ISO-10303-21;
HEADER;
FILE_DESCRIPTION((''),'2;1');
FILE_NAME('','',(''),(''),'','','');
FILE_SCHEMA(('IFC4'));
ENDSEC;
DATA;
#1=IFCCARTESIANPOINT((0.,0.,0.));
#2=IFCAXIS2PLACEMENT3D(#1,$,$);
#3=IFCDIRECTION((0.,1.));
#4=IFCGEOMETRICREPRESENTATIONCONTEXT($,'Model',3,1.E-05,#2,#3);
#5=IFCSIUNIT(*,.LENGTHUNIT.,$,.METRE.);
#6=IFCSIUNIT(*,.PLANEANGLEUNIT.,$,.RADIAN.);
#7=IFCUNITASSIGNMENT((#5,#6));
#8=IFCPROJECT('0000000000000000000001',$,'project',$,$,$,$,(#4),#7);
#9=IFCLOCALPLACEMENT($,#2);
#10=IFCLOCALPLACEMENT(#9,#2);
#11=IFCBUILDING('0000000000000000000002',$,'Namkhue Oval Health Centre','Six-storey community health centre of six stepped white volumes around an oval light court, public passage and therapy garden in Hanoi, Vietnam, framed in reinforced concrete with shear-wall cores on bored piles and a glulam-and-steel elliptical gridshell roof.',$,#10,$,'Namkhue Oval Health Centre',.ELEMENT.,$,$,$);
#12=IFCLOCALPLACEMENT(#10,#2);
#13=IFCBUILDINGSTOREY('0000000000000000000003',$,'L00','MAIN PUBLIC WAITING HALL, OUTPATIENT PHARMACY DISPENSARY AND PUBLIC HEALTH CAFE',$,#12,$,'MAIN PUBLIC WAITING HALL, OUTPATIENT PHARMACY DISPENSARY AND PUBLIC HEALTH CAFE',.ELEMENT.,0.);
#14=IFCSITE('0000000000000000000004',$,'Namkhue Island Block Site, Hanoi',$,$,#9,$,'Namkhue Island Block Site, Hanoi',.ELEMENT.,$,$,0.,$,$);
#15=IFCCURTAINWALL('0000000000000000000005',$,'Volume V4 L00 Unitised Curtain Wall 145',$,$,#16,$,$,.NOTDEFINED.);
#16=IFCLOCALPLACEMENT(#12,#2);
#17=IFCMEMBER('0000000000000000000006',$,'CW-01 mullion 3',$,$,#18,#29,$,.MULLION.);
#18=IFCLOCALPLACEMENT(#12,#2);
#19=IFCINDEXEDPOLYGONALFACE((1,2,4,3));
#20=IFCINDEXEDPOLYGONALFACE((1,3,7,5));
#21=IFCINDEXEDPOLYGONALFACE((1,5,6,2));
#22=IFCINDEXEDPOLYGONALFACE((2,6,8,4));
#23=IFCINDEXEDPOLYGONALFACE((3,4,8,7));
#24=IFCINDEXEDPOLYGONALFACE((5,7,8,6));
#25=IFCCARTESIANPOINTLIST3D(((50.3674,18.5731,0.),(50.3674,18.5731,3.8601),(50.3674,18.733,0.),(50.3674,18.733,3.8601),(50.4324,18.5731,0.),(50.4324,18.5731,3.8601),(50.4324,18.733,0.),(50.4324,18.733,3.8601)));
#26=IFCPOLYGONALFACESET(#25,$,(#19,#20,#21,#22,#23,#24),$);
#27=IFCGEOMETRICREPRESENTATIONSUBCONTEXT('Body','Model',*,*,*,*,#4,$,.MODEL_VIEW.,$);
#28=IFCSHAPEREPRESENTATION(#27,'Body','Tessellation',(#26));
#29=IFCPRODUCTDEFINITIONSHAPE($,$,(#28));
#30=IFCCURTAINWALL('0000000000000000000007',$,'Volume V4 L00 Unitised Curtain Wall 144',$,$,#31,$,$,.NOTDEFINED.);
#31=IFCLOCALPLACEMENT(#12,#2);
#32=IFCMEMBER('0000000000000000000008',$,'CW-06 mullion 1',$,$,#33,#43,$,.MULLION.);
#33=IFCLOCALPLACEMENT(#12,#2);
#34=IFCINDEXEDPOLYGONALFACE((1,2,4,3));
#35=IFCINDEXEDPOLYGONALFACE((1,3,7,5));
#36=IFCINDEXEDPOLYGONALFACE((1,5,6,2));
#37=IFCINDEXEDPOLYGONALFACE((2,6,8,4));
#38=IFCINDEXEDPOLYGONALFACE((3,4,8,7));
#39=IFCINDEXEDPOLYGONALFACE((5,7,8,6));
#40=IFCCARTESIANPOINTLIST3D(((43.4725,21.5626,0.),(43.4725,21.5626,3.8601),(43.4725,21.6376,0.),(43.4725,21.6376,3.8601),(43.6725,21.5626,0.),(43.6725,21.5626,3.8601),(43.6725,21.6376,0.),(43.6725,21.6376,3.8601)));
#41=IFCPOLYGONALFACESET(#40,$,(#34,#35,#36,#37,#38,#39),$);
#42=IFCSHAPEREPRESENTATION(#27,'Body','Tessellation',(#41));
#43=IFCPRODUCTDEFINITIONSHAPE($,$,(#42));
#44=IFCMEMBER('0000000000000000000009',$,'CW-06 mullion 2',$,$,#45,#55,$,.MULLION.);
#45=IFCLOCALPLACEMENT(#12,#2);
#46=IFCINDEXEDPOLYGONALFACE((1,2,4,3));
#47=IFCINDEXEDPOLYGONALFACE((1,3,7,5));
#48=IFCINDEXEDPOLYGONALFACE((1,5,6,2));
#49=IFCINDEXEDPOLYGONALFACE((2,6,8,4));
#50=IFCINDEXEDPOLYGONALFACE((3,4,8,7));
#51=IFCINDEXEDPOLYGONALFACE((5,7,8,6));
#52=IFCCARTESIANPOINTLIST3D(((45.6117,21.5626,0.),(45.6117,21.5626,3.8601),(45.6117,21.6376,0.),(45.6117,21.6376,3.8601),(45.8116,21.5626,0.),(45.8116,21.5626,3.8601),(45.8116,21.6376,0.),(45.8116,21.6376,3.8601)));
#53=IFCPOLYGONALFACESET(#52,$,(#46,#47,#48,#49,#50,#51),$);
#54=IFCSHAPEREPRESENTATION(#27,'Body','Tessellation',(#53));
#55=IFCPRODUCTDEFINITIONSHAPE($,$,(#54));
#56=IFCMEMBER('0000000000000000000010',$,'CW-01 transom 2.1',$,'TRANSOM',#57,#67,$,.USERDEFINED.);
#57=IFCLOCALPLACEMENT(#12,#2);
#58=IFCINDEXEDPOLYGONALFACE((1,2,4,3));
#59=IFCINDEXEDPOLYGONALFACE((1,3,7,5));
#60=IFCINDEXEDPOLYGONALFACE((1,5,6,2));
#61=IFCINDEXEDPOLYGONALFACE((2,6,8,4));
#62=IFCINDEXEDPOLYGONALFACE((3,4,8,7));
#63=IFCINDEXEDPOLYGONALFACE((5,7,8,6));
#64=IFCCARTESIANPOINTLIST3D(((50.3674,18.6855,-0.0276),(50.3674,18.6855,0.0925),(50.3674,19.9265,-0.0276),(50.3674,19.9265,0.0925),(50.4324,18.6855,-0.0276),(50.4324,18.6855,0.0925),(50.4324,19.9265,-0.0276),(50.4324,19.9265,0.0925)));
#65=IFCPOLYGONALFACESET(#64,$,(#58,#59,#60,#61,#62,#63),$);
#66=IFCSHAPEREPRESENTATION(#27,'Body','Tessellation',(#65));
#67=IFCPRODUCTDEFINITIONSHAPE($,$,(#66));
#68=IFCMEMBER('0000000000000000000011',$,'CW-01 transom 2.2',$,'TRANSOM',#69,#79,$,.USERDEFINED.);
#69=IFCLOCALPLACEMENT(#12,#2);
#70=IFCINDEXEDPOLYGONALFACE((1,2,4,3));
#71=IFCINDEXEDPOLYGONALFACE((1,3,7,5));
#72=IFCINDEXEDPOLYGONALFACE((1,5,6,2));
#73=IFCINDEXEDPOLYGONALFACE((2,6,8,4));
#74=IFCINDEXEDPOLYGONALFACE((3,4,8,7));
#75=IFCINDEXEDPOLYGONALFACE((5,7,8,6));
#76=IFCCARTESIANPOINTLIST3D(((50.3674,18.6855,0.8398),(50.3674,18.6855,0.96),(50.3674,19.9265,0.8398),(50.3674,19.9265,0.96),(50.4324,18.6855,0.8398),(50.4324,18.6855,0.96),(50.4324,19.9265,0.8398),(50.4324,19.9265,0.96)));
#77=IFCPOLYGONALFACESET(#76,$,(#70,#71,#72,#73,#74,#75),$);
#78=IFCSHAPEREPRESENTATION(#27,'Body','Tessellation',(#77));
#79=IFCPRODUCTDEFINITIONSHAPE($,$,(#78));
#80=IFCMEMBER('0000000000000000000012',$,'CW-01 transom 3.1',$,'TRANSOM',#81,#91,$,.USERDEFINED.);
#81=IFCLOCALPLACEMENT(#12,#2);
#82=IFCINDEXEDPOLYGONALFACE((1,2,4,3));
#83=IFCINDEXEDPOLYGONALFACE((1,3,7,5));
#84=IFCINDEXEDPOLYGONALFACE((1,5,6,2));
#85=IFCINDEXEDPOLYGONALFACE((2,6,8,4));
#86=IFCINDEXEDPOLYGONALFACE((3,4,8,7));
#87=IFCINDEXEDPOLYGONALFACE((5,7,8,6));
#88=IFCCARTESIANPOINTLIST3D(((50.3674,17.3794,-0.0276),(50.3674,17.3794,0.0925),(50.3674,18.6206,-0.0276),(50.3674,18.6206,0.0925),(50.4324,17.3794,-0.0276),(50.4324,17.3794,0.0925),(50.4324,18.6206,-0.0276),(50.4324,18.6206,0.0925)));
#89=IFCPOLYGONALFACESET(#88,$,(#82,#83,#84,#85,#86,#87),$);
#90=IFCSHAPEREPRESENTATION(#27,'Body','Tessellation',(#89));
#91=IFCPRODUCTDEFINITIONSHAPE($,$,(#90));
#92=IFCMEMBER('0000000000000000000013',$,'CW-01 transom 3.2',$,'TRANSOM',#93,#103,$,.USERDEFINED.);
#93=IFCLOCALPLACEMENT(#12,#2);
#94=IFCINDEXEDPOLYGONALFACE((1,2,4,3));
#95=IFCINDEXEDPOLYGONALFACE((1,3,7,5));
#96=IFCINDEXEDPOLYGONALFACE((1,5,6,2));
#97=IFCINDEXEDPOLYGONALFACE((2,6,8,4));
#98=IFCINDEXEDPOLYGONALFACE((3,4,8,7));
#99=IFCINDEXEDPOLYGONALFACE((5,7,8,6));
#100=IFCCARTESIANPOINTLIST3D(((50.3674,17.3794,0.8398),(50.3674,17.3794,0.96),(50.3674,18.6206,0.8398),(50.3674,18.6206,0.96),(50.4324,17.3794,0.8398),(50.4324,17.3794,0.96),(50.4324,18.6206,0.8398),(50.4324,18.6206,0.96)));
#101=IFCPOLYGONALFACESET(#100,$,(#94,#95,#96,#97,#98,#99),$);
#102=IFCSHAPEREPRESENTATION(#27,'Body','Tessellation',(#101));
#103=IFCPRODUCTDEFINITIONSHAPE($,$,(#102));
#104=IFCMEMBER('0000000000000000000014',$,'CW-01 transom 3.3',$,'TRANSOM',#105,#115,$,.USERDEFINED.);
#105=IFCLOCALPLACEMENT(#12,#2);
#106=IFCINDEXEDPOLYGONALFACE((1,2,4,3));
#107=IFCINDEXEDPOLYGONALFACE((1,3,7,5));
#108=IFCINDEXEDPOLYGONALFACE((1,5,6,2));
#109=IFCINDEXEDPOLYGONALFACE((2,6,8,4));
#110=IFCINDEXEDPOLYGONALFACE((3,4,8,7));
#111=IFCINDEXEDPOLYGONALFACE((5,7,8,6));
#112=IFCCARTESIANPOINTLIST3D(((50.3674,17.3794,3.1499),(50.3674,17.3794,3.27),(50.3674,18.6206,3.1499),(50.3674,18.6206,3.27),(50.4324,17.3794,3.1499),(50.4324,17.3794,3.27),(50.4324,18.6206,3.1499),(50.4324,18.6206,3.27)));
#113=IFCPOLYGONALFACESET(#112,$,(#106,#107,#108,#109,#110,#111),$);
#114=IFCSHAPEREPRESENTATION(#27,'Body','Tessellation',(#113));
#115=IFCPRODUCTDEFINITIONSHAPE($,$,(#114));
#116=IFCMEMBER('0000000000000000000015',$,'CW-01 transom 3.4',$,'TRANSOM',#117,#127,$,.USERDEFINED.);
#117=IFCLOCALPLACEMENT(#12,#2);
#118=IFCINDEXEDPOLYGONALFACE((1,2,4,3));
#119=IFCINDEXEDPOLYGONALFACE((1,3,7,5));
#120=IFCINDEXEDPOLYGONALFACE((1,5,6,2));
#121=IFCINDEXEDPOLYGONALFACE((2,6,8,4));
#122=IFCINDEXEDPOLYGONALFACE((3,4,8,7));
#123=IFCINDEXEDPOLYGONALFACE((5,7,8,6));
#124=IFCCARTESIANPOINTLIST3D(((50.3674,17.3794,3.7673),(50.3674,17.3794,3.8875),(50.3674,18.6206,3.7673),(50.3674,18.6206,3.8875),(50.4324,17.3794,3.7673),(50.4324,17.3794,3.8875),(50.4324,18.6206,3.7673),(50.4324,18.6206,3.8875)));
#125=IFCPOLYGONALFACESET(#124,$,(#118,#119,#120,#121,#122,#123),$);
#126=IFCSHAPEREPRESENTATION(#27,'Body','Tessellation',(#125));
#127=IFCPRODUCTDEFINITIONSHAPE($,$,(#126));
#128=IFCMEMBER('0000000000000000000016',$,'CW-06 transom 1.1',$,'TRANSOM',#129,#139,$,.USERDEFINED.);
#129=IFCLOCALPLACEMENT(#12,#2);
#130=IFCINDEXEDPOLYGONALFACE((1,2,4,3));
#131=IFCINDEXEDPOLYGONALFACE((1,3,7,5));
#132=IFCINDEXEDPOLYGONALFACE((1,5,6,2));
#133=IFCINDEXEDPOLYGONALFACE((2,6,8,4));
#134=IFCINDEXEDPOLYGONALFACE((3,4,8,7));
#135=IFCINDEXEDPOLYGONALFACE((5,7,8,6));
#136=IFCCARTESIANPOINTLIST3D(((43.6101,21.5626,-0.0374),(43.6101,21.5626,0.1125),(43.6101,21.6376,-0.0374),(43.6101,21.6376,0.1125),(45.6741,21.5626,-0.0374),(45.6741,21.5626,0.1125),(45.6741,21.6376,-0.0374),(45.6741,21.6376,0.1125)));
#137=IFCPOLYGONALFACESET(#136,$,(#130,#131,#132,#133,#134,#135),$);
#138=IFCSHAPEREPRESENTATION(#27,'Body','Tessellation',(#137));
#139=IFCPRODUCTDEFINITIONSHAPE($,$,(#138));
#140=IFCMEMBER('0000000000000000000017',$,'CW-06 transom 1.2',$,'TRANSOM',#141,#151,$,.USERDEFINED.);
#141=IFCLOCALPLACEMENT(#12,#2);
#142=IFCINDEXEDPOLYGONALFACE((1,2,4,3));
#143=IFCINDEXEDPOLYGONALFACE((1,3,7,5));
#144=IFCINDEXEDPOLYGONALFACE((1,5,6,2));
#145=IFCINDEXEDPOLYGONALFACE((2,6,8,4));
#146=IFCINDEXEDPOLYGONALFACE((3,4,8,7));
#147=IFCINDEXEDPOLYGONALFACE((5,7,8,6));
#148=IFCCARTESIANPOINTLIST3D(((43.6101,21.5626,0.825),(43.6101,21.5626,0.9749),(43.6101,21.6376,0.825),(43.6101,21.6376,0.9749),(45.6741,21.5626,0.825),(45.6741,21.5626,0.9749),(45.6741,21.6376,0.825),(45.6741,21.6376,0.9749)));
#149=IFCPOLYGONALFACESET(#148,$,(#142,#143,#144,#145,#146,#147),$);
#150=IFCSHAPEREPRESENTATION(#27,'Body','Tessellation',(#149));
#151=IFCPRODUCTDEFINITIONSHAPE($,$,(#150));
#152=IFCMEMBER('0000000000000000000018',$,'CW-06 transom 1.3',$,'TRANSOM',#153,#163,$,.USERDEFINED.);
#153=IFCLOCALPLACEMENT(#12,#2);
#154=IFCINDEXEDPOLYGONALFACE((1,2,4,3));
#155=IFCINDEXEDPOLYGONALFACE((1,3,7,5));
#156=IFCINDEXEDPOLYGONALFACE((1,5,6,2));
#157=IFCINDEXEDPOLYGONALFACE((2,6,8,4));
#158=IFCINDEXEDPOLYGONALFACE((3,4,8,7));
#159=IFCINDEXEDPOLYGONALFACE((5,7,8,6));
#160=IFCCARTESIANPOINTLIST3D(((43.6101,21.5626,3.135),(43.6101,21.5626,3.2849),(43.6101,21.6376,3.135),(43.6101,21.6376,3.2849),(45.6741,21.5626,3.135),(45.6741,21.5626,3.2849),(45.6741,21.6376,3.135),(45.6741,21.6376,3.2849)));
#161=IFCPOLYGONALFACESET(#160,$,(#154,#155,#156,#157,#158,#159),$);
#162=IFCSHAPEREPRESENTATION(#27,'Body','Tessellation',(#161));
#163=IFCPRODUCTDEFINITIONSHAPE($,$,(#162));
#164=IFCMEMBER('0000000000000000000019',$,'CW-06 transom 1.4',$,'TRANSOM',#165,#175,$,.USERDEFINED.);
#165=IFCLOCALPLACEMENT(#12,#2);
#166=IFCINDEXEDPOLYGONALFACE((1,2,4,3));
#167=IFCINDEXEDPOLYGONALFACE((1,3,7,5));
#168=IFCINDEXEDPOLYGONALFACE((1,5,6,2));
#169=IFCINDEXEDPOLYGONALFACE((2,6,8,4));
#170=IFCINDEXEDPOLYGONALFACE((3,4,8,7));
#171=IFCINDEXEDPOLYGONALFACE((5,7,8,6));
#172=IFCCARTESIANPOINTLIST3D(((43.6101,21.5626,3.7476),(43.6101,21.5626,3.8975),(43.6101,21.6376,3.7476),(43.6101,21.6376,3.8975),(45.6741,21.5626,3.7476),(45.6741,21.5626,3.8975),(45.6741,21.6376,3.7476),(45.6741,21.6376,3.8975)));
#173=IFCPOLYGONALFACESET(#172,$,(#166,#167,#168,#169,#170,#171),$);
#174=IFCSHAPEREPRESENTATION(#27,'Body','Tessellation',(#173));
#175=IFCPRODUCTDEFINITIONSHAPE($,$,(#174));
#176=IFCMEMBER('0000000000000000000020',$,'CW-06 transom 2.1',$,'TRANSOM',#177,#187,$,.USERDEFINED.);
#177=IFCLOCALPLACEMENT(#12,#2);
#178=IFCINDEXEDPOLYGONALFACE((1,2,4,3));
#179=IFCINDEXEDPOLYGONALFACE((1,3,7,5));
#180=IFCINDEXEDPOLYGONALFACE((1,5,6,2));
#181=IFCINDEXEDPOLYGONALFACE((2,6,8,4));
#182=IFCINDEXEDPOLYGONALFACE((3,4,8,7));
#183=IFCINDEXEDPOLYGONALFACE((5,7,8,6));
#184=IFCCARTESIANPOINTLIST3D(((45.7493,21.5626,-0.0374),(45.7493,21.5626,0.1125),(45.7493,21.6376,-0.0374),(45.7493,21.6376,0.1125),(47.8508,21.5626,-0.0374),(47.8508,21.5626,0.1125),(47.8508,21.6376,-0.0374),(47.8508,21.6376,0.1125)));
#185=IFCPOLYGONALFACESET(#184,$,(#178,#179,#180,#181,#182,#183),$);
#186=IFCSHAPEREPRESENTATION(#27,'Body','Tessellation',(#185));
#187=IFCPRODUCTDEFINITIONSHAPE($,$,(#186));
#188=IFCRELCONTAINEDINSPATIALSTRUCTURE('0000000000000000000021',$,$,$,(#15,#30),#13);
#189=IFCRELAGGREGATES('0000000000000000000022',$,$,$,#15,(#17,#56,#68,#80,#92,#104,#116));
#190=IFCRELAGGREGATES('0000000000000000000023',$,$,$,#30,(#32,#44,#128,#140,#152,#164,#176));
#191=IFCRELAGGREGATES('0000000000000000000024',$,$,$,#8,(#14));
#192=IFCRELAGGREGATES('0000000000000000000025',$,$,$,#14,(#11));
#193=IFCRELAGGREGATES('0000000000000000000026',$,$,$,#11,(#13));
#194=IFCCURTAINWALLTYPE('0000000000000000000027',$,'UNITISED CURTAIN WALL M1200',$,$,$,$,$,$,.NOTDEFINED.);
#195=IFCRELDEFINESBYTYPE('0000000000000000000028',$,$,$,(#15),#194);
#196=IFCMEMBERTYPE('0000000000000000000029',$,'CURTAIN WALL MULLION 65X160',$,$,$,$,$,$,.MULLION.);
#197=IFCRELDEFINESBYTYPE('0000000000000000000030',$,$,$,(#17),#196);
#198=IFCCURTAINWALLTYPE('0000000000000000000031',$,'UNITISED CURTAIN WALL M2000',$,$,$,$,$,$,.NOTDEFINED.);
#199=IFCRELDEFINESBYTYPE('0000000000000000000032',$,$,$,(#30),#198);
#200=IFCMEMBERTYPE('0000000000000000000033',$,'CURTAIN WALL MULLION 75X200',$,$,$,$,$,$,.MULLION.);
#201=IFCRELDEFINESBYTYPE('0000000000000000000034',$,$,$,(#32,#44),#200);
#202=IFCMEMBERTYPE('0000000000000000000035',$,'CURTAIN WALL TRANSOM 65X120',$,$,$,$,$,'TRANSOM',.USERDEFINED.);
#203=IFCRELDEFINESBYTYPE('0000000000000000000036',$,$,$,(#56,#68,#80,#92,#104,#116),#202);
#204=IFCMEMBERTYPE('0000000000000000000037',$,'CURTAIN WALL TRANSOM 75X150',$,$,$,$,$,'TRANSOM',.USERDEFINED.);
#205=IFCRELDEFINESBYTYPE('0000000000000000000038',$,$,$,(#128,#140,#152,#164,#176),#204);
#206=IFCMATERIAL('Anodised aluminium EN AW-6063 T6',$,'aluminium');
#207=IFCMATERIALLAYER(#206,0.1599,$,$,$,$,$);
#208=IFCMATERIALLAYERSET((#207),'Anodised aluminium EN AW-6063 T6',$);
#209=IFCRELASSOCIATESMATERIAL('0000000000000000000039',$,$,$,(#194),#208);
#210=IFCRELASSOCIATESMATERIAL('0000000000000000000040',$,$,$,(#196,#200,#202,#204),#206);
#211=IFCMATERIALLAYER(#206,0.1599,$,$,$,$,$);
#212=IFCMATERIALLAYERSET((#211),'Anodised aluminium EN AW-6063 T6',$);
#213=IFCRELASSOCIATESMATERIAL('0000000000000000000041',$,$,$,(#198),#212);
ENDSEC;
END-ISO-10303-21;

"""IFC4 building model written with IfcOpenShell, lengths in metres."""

from ifc_helpers import new_model, si_unit, direction, frame, origin, origin_2d, place, context, subcontext, project, spatial, rectangle, extrude, material, layer, layer_set, material_profile, profile_set, type_object, element, aggregate, save


model = new_model("IFC4")

# Units and contexts
model_context = context("Model", 3, precision=1e-05, world=origin(), true_north=direction((0.0, 1.0)))
body_context = subcontext(model_context, "Body", "Model", "MODEL_VIEW")
ifc_project = project(units=[si_unit("LENGTHUNIT", "METRE"), si_unit("PLANEANGLEUNIT", "RADIAN")], contexts=[model_context])

# Site, building, storey
site_placement = place(None, origin())
site = spatial("IfcSite", under=ifc_project, at=site_placement, Name="Namkhue Island Block Site, Hanoi", LongName="Namkhue Island Block Site, Hanoi", CompositionType="ELEMENT", RefElevation=0.0)
building_placement = place(site_placement, origin())
building = spatial("IfcBuilding", under=site, at=building_placement, Name="Namkhue Oval Health Centre", Description="Six-storey community health centre of six stepped white volumes around an oval light court, public passage and therapy garden in Hanoi, Vietnam, framed in reinforced concrete with shear-wall cores on bored piles and a glulam-and-steel elliptical gridshell roof.", LongName="Namkhue Oval Health Centre", CompositionType="ELEMENT")
storey_placement = place(building_placement, origin())
storey = spatial("IfcBuildingStorey", under=building, at=storey_placement, Name="L00", Description="MAIN PUBLIC WAITING HALL, OUTPATIENT PHARMACY DISPENSARY AND PUBLIC HEALTH CAFE", LongName="MAIN PUBLIC WAITING HALL, OUTPATIENT PHARMACY DISPENSARY AND PUBLIC HEALTH CAFE", CompositionType="ELEMENT", Elevation=0.0)

# Curtain wall, member
ifc_material_1 = material(Name="Anodised aluminium EN AW-6063 T6", Category="aluminium")
ifc_layer_1 = layer(ifc_material_1, 0.1599)
ifc_layer_set_1 = layer_set([ifc_layer_1], Name="Anodised aluminium EN AW-6063 T6")
curtain_wall_type_1 = type_object("IfcCurtainWallType", Name="UNITISED CURTAIN WALL M1200", PredefinedType="NOTDEFINED", material=ifc_layer_set_1)
curtain_wall_1_placement = place(storey_placement, origin())
curtain_wall_1 = element("IfcCurtainWall", 1, at=curtain_wall_1_placement, inside=storey, type_object=curtain_wall_type_1, Name="Volume V4 L00 Unitised Curtain Wall 145", PredefinedType="NOTDEFINED")
ifc_material_profile_1 = material_profile(ifc_material_1, rectangle(XDim=0.0649, YDim=0.1599, at=origin_2d()), Name="ALU 65x160")
ifc_profile_set_1 = profile_set([ifc_material_profile_1], Name="Anodised aluminium EN AW-6063 T6")
member_type_1 = type_object("IfcMemberType", Name="CURTAIN WALL MULLION 65X160", PredefinedType="MULLION", material=ifc_profile_set_1)
member_1_placement = place(storey_placement, frame((50.3999, 18.6531, 0.0), z_axis=(0.0, 0.0, 1.0), x_axis=(1.0, 0.0, 0.0)))
member_1 = element("IfcMember", 2, at=member_1_placement, type_object=member_type_1, Name="CW-01 mullion 3", PredefinedType="MULLION", context=body_context, shape_type="SweptSolid", body=[
    extrude(rectangle(XDim=0.0649, YDim=0.1599, at=origin_2d()), origin(), (0.0, 0.0, 1.0), 3.8601),
])

# Curtain wall, members
ifc_layer_2 = layer(ifc_material_1, 0.1599)
ifc_layer_set_2 = layer_set([ifc_layer_2], Name="Anodised aluminium EN AW-6063 T6")
curtain_wall_type_2 = type_object("IfcCurtainWallType", Name="UNITISED CURTAIN WALL M2000", PredefinedType="NOTDEFINED", material=ifc_layer_set_2)
curtain_wall_2_placement = place(storey_placement, origin())
curtain_wall_2 = element("IfcCurtainWall", 3, at=curtain_wall_2_placement, inside=storey, type_object=curtain_wall_type_2, Name="Volume V4 L00 Unitised Curtain Wall 144", PredefinedType="NOTDEFINED")
ifc_material_profile_2 = material_profile(ifc_material_1, rectangle(XDim=0.075, YDim=0.2, at=origin_2d()), Name="ALU 75x200")
ifc_profile_set_2 = profile_set([ifc_material_profile_2], Name="Anodised aluminium EN AW-6063 T6")
member_type_2 = type_object("IfcMemberType", Name="CURTAIN WALL MULLION 75X200", PredefinedType="MULLION", material=ifc_profile_set_2)
member_2_placement = place(storey_placement, frame((43.5725, 21.6001, 0.0), z_axis=(0.0, 0.0, 1.0), x_axis=(0.0, 1.0, 0.0)))
member_2 = element("IfcMember", 4, at=member_2_placement, type_object=member_type_2, Name="CW-06 mullion 1", PredefinedType="MULLION", context=body_context, shape_type="SweptSolid", body=[
    extrude(rectangle(XDim=0.075, YDim=0.2, at=origin_2d()), origin(), (0.0, 0.0, 1.0), 3.8601),
])
member_3_placement = place(storey_placement, frame((45.7117, 21.6001, 0.0), z_axis=(0.0, 0.0, 1.0), x_axis=(0.0, 1.0, 0.0)))
member_3 = element("IfcMember", 5, at=member_3_placement, type_object=member_type_2, Name="CW-06 mullion 2", PredefinedType="MULLION", context=body_context, shape_type="SweptSolid", body=[
    extrude(rectangle(XDim=0.075, YDim=0.2, at=origin_2d()), origin(), (0.0, 0.0, 1.0), 3.8601),
])

# Members
ifc_material_profile_3 = material_profile(ifc_material_1, rectangle(XDim=0.0649, YDim=0.1201, at=origin_2d()), Name="ALU 65x120")
ifc_profile_set_3 = profile_set([ifc_material_profile_3], Name="Anodised aluminium EN AW-6063 T6")
member_type_3 = type_object("IfcMemberType", Name="CURTAIN WALL TRANSOM 65X120", ElementType="TRANSOM", PredefinedType="USERDEFINED", material=ifc_profile_set_3)
member_4_placement = place(storey_placement, frame((50.3999, 19.9265, 0.0325), z_axis=(0.0, -1.0, 0.0), x_axis=(1.0, 0.0, 0.0)))
member_4 = element("IfcMember", 6, at=member_4_placement, type_object=member_type_3, Name="CW-01 transom 2.1", ObjectType="TRANSOM", PredefinedType="USERDEFINED", context=body_context, shape_type="SweptSolid", body=[
    extrude(rectangle(XDim=0.0649, YDim=0.1201, at=origin_2d()), origin(), (0.0, 0.0, 1.0), 1.241),
])
member_5_placement = place(storey_placement, frame((50.3999, 19.9265, 0.8999), z_axis=(0.0, -1.0, 0.0), x_axis=(1.0, 0.0, 0.0)))
member_5 = element("IfcMember", 7, at=member_5_placement, type_object=member_type_3, Name="CW-01 transom 2.2", ObjectType="TRANSOM", PredefinedType="USERDEFINED", context=body_context, shape_type="SweptSolid", body=[
    extrude(rectangle(XDim=0.0649, YDim=0.1201, at=origin_2d()), origin(), (0.0, 0.0, 1.0), 1.241),
])
member_6_placement = place(storey_placement, frame((50.3999, 18.6206, 0.0325), z_axis=(0.0, -1.0, 0.0), x_axis=(1.0, 0.0, 0.0)))
member_6 = element("IfcMember", 8, at=member_6_placement, type_object=member_type_3, Name="CW-01 transom 3.1", ObjectType="TRANSOM", PredefinedType="USERDEFINED", context=body_context, shape_type="SweptSolid", body=[
    extrude(rectangle(XDim=0.0649, YDim=0.1201, at=origin_2d()), origin(), (0.0, 0.0, 1.0), 1.2412),
])
member_7_placement = place(storey_placement, frame((50.3999, 18.6206, 0.8999), z_axis=(0.0, -1.0, 0.0), x_axis=(1.0, 0.0, 0.0)))
member_7 = element("IfcMember", 9, at=member_7_placement, type_object=member_type_3, Name="CW-01 transom 3.2", ObjectType="TRANSOM", PredefinedType="USERDEFINED", context=body_context, shape_type="SweptSolid", body=[
    extrude(rectangle(XDim=0.0649, YDim=0.1201, at=origin_2d()), origin(), (0.0, 0.0, 1.0), 1.2412),
])
member_8_placement = place(storey_placement, frame((50.3999, 18.6206, 3.21), z_axis=(0.0, -1.0, 0.0), x_axis=(1.0, 0.0, 0.0)))
member_8 = element("IfcMember", 10, at=member_8_placement, type_object=member_type_3, Name="CW-01 transom 3.3", ObjectType="TRANSOM", PredefinedType="USERDEFINED", context=body_context, shape_type="SweptSolid", body=[
    extrude(rectangle(XDim=0.0649, YDim=0.1201, at=origin_2d()), origin(), (0.0, 0.0, 1.0), 1.2412),
])
member_9_placement = place(storey_placement, frame((50.3999, 18.6206, 3.8274), z_axis=(0.0, -1.0, 0.0), x_axis=(1.0, 0.0, 0.0)))
member_9 = element("IfcMember", 11, at=member_9_placement, type_object=member_type_3, Name="CW-01 transom 3.4", ObjectType="TRANSOM", PredefinedType="USERDEFINED", context=body_context, shape_type="SweptSolid", body=[
    extrude(rectangle(XDim=0.0649, YDim=0.1201, at=origin_2d()), origin(), (0.0, 0.0, 1.0), 1.2412),
])
ifc_material_profile_4 = material_profile(ifc_material_1, rectangle(XDim=0.075, YDim=0.1499, at=origin_2d()), Name="ALU 75x150")
ifc_profile_set_4 = profile_set([ifc_material_profile_4], Name="Anodised aluminium EN AW-6063 T6")
member_type_4 = type_object("IfcMemberType", Name="CURTAIN WALL TRANSOM 75X150", ElementType="TRANSOM", PredefinedType="USERDEFINED", material=ifc_profile_set_4)
member_10_placement = place(storey_placement, frame((43.6101, 21.6001, 0.0376), z_axis=(1.0, 0.0, 0.0), x_axis=(0.0, 1.0, 0.0)))
member_10 = element("IfcMember", 12, at=member_10_placement, type_object=member_type_4, Name="CW-06 transom 1.1", ObjectType="TRANSOM", PredefinedType="USERDEFINED", context=body_context, shape_type="SweptSolid", body=[
    extrude(rectangle(XDim=0.075, YDim=0.1499, at=origin_2d()), origin(), (0.0, 0.0, 1.0), 2.064),
])
member_11_placement = place(storey_placement, frame((43.6101, 21.6001, 0.8999), z_axis=(1.0, 0.0, 0.0), x_axis=(0.0, 1.0, 0.0)))
member_11 = element("IfcMember", 13, at=member_11_placement, type_object=member_type_4, Name="CW-06 transom 1.2", ObjectType="TRANSOM", PredefinedType="USERDEFINED", context=body_context, shape_type="SweptSolid", body=[
    extrude(rectangle(XDim=0.075, YDim=0.1499, at=origin_2d()), origin(), (0.0, 0.0, 1.0), 2.064),
])
member_12_placement = place(storey_placement, frame((43.6101, 21.6001, 3.21), z_axis=(1.0, 0.0, 0.0), x_axis=(0.0, 1.0, 0.0)))
member_12 = element("IfcMember", 14, at=member_12_placement, type_object=member_type_4, Name="CW-06 transom 1.3", ObjectType="TRANSOM", PredefinedType="USERDEFINED", context=body_context, shape_type="SweptSolid", body=[
    extrude(rectangle(XDim=0.075, YDim=0.1499, at=origin_2d()), origin(), (0.0, 0.0, 1.0), 2.064),
])
member_13_placement = place(storey_placement, frame((43.6101, 21.6001, 3.8225), z_axis=(1.0, 0.0, 0.0), x_axis=(0.0, 1.0, 0.0)))
member_13 = element("IfcMember", 15, at=member_13_placement, type_object=member_type_4, Name="CW-06 transom 1.4", ObjectType="TRANSOM", PredefinedType="USERDEFINED", context=body_context, shape_type="SweptSolid", body=[
    extrude(rectangle(XDim=0.075, YDim=0.1499, at=origin_2d()), origin(), (0.0, 0.0, 1.0), 2.064),
])
member_14_placement = place(storey_placement, frame((45.7493, 21.6001, 0.0376), z_axis=(1.0, 0.0, 0.0), x_axis=(0.0, 1.0, 0.0)))
member_14 = element("IfcMember", 16, at=member_14_placement, type_object=member_type_4, Name="CW-06 transom 2.1", ObjectType="TRANSOM", PredefinedType="USERDEFINED", context=body_context, shape_type="SweptSolid", body=[
    extrude(rectangle(XDim=0.075, YDim=0.1499, at=origin_2d()), origin(), (0.0, 0.0, 1.0), 2.1016),
])

aggregate(curtain_wall_1, [member_1, member_4, member_5, member_6, member_7, member_8, member_9])
aggregate(curtain_wall_2, [member_2, member_3, member_10, member_11, member_12, member_13, member_14])

save(model, "model.ifc")
